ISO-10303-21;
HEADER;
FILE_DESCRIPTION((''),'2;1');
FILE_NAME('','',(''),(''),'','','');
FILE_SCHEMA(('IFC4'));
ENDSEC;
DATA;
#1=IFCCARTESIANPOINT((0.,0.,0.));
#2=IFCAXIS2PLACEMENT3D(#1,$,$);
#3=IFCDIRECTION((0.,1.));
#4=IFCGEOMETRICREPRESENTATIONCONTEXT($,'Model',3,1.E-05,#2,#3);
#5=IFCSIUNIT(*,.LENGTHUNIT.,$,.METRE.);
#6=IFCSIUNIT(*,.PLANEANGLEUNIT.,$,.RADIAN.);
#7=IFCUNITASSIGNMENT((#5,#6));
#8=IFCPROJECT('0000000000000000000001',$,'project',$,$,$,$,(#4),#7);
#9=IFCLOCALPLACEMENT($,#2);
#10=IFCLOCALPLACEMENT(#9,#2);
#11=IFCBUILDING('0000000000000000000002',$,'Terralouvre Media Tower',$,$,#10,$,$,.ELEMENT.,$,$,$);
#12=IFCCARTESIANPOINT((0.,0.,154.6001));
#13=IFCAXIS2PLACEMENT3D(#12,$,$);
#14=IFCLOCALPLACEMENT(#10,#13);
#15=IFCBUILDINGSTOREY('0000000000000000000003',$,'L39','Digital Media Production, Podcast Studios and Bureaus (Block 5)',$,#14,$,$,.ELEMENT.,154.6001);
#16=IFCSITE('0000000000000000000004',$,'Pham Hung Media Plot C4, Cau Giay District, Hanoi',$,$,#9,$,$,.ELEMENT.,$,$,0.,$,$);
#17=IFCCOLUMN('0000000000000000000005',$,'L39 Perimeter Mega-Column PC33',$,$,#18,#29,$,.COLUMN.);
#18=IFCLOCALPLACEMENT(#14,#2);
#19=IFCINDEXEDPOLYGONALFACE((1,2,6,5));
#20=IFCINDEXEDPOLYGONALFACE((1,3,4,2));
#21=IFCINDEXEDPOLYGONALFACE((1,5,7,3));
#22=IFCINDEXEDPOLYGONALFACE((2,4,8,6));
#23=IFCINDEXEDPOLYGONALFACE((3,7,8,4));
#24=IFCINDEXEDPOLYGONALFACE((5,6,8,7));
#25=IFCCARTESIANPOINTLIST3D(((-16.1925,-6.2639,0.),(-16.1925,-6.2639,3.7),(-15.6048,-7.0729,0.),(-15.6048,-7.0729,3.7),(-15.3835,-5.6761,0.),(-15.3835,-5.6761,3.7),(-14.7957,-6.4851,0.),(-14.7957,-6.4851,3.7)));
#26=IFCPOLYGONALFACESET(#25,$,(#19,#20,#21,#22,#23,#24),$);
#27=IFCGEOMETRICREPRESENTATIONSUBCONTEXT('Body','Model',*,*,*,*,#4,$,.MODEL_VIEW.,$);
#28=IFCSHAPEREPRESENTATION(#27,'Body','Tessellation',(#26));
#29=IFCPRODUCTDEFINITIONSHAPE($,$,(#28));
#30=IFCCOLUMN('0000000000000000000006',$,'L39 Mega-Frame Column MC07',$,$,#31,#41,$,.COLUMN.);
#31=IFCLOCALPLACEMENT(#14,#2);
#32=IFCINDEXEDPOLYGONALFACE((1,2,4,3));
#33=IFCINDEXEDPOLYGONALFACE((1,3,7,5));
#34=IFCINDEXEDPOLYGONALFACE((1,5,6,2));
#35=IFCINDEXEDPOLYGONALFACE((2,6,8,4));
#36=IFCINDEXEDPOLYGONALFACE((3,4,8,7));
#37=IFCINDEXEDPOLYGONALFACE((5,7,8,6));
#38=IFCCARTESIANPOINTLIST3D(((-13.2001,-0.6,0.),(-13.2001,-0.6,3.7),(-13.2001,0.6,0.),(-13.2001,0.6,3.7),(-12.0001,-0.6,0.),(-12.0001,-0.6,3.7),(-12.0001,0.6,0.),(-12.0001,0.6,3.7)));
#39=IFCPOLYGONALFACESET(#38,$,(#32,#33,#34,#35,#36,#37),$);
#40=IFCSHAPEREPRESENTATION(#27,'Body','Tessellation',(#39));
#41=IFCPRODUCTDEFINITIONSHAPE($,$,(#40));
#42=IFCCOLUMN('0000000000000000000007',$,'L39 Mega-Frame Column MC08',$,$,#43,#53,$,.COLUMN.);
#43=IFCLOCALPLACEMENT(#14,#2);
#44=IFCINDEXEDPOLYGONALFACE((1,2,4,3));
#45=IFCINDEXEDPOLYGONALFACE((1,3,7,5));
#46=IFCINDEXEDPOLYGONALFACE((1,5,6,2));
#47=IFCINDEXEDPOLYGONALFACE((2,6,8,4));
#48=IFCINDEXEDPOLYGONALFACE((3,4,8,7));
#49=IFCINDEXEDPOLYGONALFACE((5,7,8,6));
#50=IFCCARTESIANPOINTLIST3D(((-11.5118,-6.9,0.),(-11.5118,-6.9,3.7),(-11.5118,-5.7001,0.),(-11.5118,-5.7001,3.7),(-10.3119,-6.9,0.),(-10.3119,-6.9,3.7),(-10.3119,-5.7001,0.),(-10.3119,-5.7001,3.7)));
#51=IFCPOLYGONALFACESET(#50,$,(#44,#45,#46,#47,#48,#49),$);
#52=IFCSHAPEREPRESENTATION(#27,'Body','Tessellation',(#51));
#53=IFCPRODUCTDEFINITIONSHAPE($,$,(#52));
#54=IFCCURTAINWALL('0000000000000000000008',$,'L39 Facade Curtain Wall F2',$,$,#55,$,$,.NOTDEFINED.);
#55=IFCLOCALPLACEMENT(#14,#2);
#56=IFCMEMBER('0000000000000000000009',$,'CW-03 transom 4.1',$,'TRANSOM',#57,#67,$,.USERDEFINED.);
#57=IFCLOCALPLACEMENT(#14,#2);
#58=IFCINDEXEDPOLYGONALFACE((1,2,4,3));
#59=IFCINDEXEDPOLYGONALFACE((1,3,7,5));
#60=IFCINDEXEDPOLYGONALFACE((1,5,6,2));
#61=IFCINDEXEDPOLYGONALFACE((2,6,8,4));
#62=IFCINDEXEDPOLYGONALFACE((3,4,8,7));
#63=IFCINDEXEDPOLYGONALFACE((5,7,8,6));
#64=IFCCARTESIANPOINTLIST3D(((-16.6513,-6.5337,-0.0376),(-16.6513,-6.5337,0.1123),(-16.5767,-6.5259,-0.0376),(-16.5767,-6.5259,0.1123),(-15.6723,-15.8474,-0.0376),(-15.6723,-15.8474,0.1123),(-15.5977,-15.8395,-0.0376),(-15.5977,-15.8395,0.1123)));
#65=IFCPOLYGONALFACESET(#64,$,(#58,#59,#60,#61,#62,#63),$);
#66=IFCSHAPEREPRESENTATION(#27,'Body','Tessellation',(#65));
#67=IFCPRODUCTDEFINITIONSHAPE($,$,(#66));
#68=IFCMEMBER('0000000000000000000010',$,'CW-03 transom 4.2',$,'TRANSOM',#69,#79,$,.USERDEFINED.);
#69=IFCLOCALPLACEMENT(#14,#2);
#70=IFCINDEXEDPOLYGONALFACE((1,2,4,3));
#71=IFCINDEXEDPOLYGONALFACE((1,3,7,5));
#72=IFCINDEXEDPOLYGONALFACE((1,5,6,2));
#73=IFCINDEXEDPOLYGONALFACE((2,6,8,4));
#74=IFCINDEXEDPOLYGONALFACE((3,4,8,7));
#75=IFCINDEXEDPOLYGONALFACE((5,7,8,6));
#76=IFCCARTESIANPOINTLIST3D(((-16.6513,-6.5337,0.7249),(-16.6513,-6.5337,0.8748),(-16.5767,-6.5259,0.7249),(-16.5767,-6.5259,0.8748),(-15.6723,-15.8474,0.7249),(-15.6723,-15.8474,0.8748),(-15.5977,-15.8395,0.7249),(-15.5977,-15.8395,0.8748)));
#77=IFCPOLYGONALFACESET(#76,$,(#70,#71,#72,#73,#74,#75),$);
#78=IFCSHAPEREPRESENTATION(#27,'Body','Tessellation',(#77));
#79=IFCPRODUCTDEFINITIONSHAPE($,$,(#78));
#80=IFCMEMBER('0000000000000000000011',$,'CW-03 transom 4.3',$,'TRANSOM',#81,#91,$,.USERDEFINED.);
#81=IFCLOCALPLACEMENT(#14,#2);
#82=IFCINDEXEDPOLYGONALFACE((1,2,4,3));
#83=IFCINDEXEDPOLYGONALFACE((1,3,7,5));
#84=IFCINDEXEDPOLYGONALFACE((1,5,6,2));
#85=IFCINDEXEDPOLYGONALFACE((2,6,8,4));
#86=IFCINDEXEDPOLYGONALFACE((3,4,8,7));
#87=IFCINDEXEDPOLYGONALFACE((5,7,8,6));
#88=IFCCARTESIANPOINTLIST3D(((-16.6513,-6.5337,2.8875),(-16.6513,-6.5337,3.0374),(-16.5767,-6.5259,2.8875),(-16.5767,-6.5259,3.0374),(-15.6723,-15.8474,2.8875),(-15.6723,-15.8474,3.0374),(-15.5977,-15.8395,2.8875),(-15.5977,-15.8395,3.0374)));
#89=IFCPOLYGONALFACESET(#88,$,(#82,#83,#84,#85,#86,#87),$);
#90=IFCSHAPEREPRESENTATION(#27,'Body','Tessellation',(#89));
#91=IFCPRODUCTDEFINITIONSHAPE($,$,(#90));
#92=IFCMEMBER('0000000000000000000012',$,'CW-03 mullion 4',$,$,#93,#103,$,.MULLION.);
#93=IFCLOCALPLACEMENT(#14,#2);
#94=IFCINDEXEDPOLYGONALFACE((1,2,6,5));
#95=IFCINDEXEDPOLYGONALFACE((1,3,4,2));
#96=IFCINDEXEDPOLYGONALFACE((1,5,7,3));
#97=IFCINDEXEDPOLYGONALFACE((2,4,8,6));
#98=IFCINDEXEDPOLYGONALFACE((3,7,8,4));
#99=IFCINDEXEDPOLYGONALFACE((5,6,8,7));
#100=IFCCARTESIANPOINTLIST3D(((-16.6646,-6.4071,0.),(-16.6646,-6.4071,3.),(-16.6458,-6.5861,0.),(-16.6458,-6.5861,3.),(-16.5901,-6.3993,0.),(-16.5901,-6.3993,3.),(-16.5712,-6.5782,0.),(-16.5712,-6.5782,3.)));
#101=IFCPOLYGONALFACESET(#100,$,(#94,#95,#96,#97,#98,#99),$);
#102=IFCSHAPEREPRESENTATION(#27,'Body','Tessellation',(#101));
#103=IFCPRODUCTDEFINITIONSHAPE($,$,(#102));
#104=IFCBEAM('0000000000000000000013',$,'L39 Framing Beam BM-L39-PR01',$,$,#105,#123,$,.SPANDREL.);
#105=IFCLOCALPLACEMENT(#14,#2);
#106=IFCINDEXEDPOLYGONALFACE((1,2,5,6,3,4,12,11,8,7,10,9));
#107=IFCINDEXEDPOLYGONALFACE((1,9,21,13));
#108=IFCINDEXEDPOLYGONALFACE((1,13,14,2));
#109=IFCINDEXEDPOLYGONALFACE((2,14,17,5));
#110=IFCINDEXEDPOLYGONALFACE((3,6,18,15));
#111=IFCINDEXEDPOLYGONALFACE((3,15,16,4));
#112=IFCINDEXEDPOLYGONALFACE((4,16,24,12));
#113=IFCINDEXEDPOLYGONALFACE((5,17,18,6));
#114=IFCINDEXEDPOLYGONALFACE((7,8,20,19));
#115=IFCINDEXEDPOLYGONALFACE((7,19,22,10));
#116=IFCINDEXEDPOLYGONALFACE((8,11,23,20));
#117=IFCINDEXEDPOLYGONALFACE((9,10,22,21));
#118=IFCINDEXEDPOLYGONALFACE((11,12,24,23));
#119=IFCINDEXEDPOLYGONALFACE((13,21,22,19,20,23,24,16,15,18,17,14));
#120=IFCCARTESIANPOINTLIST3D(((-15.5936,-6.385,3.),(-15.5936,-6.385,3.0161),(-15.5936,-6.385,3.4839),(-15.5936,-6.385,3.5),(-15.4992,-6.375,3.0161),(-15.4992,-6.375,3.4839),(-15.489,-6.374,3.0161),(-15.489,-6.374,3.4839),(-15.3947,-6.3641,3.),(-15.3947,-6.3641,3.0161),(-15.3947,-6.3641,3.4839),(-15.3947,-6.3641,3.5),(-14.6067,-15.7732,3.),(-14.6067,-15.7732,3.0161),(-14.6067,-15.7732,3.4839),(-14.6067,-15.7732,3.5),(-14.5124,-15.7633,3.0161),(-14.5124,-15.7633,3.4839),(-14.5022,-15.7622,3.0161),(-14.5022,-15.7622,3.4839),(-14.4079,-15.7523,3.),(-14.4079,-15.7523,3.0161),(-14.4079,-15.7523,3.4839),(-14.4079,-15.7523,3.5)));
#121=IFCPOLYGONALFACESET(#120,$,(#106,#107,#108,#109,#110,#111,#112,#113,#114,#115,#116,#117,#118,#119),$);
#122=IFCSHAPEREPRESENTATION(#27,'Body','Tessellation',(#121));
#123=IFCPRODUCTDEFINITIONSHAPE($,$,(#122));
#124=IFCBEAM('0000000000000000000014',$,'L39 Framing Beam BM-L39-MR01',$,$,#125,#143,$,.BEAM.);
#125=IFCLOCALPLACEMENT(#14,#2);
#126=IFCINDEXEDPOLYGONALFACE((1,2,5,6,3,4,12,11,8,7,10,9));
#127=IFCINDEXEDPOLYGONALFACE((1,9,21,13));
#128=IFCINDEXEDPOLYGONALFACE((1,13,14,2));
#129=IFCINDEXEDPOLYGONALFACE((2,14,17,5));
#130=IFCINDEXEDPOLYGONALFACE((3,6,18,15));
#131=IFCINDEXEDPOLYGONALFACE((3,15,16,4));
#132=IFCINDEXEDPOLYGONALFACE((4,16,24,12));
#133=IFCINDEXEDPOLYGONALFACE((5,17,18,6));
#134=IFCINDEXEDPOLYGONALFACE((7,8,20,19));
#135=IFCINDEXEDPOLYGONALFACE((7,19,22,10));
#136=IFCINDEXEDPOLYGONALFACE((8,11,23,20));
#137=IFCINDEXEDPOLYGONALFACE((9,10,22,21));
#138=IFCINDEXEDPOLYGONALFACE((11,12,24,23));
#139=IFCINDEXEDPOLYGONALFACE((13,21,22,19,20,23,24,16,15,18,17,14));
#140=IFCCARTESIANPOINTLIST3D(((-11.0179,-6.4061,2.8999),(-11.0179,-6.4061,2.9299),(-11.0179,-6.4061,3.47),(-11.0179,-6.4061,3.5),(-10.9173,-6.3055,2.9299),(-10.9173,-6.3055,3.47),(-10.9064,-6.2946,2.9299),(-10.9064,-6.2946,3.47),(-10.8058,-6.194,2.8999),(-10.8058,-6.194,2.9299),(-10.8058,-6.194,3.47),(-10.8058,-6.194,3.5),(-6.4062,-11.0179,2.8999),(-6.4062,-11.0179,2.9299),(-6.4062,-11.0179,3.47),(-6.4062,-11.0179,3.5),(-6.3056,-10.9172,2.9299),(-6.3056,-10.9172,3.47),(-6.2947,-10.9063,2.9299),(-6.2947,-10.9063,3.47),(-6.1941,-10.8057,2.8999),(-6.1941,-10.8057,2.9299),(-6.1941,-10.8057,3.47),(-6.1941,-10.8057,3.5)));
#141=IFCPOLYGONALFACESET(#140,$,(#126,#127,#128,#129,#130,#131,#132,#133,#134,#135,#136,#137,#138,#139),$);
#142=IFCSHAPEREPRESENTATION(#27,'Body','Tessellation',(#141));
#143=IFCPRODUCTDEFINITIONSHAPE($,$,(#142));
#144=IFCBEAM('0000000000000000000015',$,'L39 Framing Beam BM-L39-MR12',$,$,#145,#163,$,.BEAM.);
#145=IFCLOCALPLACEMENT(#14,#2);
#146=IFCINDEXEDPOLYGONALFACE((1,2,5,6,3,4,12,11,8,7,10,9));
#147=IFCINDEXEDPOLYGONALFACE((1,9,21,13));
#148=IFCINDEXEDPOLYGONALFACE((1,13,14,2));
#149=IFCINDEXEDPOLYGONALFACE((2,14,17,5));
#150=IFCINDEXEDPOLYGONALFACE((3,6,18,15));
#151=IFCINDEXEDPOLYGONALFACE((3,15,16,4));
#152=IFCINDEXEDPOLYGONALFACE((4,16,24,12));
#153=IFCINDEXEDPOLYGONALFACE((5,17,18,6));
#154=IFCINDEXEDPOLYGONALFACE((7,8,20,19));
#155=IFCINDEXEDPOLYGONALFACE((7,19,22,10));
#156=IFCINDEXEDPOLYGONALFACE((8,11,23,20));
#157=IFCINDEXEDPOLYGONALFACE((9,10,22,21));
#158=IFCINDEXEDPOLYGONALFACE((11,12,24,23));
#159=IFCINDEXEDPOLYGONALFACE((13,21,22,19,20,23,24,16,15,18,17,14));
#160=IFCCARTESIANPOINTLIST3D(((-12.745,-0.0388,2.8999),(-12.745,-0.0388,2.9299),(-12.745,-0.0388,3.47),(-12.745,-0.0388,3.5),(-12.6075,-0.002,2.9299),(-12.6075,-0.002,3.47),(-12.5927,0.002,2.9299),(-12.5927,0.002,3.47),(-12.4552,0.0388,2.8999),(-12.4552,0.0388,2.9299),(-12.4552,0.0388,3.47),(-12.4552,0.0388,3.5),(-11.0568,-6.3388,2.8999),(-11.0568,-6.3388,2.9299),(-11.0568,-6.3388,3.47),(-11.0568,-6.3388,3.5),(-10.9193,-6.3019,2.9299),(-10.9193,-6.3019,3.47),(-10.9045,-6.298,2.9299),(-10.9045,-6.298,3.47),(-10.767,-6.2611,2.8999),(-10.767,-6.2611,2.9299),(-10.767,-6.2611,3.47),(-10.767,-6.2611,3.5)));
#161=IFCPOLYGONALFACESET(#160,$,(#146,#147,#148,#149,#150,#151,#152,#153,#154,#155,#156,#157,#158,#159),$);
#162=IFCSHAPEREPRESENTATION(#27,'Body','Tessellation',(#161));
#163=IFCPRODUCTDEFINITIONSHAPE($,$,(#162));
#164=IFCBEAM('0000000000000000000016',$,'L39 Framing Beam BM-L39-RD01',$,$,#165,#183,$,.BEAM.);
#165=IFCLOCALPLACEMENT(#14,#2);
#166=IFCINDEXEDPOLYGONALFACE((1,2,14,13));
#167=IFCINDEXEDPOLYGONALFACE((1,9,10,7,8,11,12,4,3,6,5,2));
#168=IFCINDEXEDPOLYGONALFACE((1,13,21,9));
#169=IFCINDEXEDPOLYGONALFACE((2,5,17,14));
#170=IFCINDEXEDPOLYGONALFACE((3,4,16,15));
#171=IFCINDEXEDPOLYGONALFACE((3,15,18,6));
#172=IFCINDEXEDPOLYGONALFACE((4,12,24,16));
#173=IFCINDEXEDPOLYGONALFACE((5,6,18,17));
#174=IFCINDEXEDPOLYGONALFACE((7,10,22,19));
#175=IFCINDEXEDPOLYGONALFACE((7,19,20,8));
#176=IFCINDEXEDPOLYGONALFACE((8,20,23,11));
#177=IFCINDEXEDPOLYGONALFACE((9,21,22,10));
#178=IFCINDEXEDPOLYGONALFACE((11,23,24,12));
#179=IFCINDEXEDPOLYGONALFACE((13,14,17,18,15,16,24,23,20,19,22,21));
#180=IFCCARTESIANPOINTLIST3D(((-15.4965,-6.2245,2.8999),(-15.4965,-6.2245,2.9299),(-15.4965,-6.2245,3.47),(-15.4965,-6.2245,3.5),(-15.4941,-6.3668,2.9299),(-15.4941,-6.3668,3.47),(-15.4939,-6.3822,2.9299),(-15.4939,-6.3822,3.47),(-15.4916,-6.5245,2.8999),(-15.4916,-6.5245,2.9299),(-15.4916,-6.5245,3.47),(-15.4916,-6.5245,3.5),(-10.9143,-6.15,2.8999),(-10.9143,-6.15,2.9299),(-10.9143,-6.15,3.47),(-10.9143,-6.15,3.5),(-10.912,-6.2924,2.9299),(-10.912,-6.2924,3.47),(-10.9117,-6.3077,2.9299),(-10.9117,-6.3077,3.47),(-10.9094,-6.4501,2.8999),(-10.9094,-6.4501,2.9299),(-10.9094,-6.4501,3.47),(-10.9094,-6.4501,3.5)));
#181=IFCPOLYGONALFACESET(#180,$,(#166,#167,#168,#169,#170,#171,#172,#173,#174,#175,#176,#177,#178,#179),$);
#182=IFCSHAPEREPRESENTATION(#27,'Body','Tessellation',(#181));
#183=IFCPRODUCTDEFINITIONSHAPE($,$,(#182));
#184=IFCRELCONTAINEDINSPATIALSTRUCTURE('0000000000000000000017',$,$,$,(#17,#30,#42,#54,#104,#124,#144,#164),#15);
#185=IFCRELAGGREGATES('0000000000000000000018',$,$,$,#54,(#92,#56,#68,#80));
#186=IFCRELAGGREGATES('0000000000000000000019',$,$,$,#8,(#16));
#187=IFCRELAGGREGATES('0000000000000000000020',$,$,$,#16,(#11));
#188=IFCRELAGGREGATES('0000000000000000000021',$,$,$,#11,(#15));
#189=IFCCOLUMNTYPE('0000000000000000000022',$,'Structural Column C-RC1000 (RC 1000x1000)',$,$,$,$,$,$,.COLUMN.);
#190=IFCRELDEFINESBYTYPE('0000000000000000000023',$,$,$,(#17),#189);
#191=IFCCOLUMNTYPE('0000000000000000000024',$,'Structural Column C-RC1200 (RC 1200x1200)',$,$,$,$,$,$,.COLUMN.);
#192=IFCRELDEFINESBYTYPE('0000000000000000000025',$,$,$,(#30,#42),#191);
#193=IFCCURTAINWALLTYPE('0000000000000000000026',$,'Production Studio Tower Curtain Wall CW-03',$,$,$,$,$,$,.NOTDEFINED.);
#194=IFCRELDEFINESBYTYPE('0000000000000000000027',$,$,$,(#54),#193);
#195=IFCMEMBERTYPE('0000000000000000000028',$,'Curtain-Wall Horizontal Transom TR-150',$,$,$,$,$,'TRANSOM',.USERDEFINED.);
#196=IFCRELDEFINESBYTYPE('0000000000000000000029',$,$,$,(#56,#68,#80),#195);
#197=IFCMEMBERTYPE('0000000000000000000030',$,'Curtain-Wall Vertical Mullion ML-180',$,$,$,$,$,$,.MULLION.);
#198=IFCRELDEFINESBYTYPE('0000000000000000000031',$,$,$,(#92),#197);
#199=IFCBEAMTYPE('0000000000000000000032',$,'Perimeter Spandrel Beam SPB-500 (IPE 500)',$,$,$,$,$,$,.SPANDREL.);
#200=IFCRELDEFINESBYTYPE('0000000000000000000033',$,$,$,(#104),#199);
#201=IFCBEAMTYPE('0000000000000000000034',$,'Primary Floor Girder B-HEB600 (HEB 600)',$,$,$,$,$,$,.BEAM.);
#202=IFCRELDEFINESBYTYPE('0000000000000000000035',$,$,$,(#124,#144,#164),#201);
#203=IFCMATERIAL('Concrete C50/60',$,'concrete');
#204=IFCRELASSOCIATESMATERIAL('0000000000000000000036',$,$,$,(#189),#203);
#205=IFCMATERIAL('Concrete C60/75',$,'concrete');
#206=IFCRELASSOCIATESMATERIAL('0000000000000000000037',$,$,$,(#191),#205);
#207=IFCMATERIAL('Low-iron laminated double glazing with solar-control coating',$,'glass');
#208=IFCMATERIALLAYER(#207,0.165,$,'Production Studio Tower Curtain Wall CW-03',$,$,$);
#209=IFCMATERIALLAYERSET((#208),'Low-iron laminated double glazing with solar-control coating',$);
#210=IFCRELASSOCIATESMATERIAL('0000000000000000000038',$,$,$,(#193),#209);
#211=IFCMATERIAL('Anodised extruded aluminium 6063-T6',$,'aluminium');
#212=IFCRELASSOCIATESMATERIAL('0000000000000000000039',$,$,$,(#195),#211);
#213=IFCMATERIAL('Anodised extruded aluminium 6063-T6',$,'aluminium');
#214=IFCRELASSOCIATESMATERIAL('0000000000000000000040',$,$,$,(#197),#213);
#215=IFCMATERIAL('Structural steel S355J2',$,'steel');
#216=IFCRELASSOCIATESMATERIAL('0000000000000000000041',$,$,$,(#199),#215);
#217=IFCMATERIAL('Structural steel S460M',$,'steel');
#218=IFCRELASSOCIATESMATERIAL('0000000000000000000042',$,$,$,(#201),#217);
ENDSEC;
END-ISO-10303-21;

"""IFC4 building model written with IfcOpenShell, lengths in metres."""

from ifc_helpers import new_model, si_unit, direction, frame, origin, origin_2d, place, context, subcontext, project, spatial, rectangle, i_section, extrude, material, layer, layer_set, material_profile, profile_set, type_object, element, aggregate, save


model = new_model("IFC4")

# Units and contexts
model_context = context("Model", 3, precision=1e-05, world=origin(), true_north=direction((0.0, 1.0)))
body_context = subcontext(model_context, "Body", "Model", "MODEL_VIEW")
ifc_project = project(units=[si_unit("LENGTHUNIT", "METRE"), si_unit("PLANEANGLEUNIT", "RADIAN")], contexts=[model_context])

# Site, building, storey
site_placement = place(None, origin())
site = spatial("IfcSite", under=ifc_project, at=site_placement, Name="Pham Hung Media Plot C4, Cau Giay District, Hanoi", CompositionType="ELEMENT", RefElevation=0.0)
building_placement = place(site_placement, origin())
building = spatial("IfcBuilding", under=site, at=building_placement, Name="Terralouvre Media Tower", CompositionType="ELEMENT")
storey_placement = place(building_placement, frame((0.0, 0.0, 154.6001)))
storey = spatial("IfcBuildingStorey", under=building, at=storey_placement, Name="L39", Description="Digital Media Production, Podcast Studios and Bureaus (Block 5)", CompositionType="ELEMENT", Elevation=154.6001)

# Columns
ifc_material_1 = material(Name="Concrete C50/60", Category="concrete")
ifc_material_profile_1 = material_profile(ifc_material_1, rectangle(XDim=1.0, YDim=1.0, at=origin_2d()), Name="RC 1000x1000")
ifc_profile_set_1 = profile_set([ifc_material_profile_1], Name="Concrete C50/60")
column_type_1 = type_object("IfcColumnType", Name="Structural Column C-RC1000 (RC 1000x1000)", PredefinedType="COLUMN", material=ifc_profile_set_1)
column_placement = place(storey_placement, frame((-15.4941, -6.3745, 0.0), z_axis=(0.0, 0.0, 1.0), x_axis=(0.809017, 0.587785, 0.0)))
element("IfcColumn", 1, at=column_placement, inside=storey, type_object=column_type_1, Name="L39 Perimeter Mega-Column PC33", PredefinedType="COLUMN", context=body_context, shape_type="SweptSolid", body=[
    extrude(rectangle(XDim=1.0, YDim=1.0, at=origin_2d()), origin(), (0.0, 0.0, 1.0), 3.7),
])
ifc_material_2 = material(Name="Concrete C60/75", Category="concrete")
ifc_material_profile_2 = material_profile(ifc_material_2, rectangle(XDim=1.2, YDim=1.2, at=origin_2d()), Name="RC 1200x1200")
ifc_profile_set_2 = profile_set([ifc_material_profile_2], Name="Concrete C60/75")
column_type_2 = type_object("IfcColumnType", Name="Structural Column C-RC1200 (RC 1200x1200)", PredefinedType="COLUMN", material=ifc_profile_set_2)
for number, where, z_axis, x_axis, name in (
    (2, (-12.6001, 0.0, 0.0), (0.0, 0.0, 1.0), (1.0, 0.0, 0.0), "L39 Mega-Frame Column MC07"),
    (3, (-10.9119, -6.3, 0.0), (0.0, 0.0, 1.0), (1.0, 0.0, 0.0), "L39 Mega-Frame Column MC08"),
):
    element("IfcColumn", number, at=place(storey_placement, frame(where, z_axis=z_axis, x_axis=x_axis)), inside=storey, type_object=column_type_2, Name=name, PredefinedType="COLUMN", context=body_context, shape_type="SweptSolid", body=[
        extrude(rectangle(XDim=1.2, YDim=1.2, at=origin_2d()), origin(), (0.0, 0.0, 1.0), 3.7),
    ])

# Curtain wall, members
ifc_material_3 = material(Name="Low-iron laminated double glazing with solar-control coating", Category="glass")
ifc_layer_1 = layer(ifc_material_3, 0.165, Name="Production Studio Tower Curtain Wall CW-03")
ifc_layer_set_1 = layer_set([ifc_layer_1], Name="Low-iron laminated double glazing with solar-control coating")
curtain_wall_type = type_object("IfcCurtainWallType", Name="Production Studio Tower Curtain Wall CW-03", PredefinedType="NOTDEFINED", material=ifc_layer_set_1)
curtain_wall_placement = place(storey_placement, origin())
curtain_wall = element("IfcCurtainWall", 4, at=curtain_wall_placement, inside=storey, type_object=curtain_wall_type, Name="L39 Facade Curtain Wall F2", PredefinedType="NOTDEFINED")
ifc_material_4 = material(Name="Anodised extruded aluminium 6063-T6", Category="aluminium")
ifc_material_profile_3 = material_profile(ifc_material_4, rectangle(XDim=0.075, YDim=0.1499, at=origin_2d()), Name="ALU 75x150")
ifc_profile_set_3 = profile_set([ifc_material_profile_3], Name="Anodised extruded aluminium 6063-T6")
member_type_1 = type_object("IfcMemberType", Name="Curtain-Wall Horizontal Transom TR-150", ElementType="TRANSOM", PredefinedType="USERDEFINED", material=ifc_profile_set_3)
member_1_placement = place(storey_placement, frame((-16.614, -6.5298, 0.0374), z_axis=(0.104538, -0.994521, 0.0), x_axis=(0.994521, 0.104538, 0.0)))
member_1 = element("IfcMember", 5, at=member_1_placement, type_object=member_type_1, Name="CW-03 transom 4.1", ObjectType="TRANSOM", PredefinedType="USERDEFINED", context=body_context, shape_type="SweptSolid", body=[
    extrude(rectangle(XDim=0.075, YDim=0.1499, at=origin_2d()), origin(), (0.0, 0.0, 1.0), 9.365),
])
member_2_placement = place(storey_placement, frame((-16.614, -6.5298, 0.7998), z_axis=(0.104538, -0.994521, 0.0), x_axis=(0.994521, 0.104538, 0.0)))
member_2 = element("IfcMember", 6, at=member_2_placement, type_object=member_type_1, Name="CW-03 transom 4.2", ObjectType="TRANSOM", PredefinedType="USERDEFINED", context=body_context, shape_type="SweptSolid", body=[
    extrude(rectangle(XDim=0.075, YDim=0.1499, at=origin_2d()), origin(), (0.0, 0.0, 1.0), 9.365),
])
member_3_placement = place(storey_placement, frame((-16.614, -6.5298, 2.9624), z_axis=(0.104538, -0.994521, 0.0), x_axis=(0.994521, 0.104538, 0.0)))
member_3 = element("IfcMember", 7, at=member_3_placement, type_object=member_type_1, Name="CW-03 transom 4.3", ObjectType="TRANSOM", PredefinedType="USERDEFINED", context=body_context, shape_type="SweptSolid", body=[
    extrude(rectangle(XDim=0.075, YDim=0.1499, at=origin_2d()), origin(), (0.0, 0.0, 1.0), 9.365),
])
ifc_material_5 = material(Name="Anodised extruded aluminium 6063-T6", Category="aluminium")
ifc_material_profile_4 = material_profile(ifc_material_5, rectangle(XDim=0.075, YDim=0.1799, at=origin_2d()), Name="ALU 75x180")
ifc_profile_set_4 = profile_set([ifc_material_profile_4], Name="Anodised extruded aluminium 6063-T6")
member_type_2 = type_object("IfcMemberType", Name="Curtain-Wall Vertical Mullion ML-180", PredefinedType="MULLION", material=ifc_profile_set_4)
member_4_placement = place(storey_placement, frame((-16.6179, -6.4927, 0.0), z_axis=(0.0, 0.0, 1.0), x_axis=(0.994522, 0.104528, 0.0)))
member_4 = element("IfcMember", 8, at=member_4_placement, type_object=member_type_2, Name="CW-03 mullion 4", PredefinedType="MULLION", context=body_context, shape_type="SweptSolid", body=[
    extrude(rectangle(XDim=0.075, YDim=0.1799, at=origin_2d()), origin(), (0.0, 0.0, 1.0), 3.0),
])

# Beams
ifc_material_6 = material(Name="Structural steel S355J2", Category="steel")
ifc_material_profile_5 = material_profile(ifc_material_6, i_section(OverallWidth=0.2, OverallDepth=0.5, WebThickness=0.0103, FlangeThickness=0.0161, at=origin_2d()), Name="IPE 500")
ifc_profile_set_5 = profile_set([ifc_material_profile_5], Name="Structural steel S355J2")
beam_type_1 = type_object("IfcBeamType", Name="Perimeter Spandrel Beam SPB-500 (IPE 500)", PredefinedType="SPANDREL", material=ifc_profile_set_5)
beam_1_placement = place(storey_placement, frame((-15.4941, -6.3745, 3.25), z_axis=(0.104537, -0.994521, 0.0), x_axis=(0.994521, 0.104537, 0.0)))
element("IfcBeam", 9, at=beam_1_placement, inside=storey, type_object=beam_type_1, Name="L39 Framing Beam BM-L39-PR01", PredefinedType="SPANDREL", context=body_context, shape_type="SweptSolid", body=[
    extrude(i_section(OverallWidth=0.2, OverallDepth=0.5, WebThickness=0.0103, FlangeThickness=0.0161, at=origin_2d()), origin(), (0.0, 0.0, 1.0), 9.4399),
])
ifc_material_7 = material(Name="Structural steel S460M", Category="steel")
ifc_material_profile_6 = material_profile(ifc_material_7, i_section(OverallWidth=0.3, OverallDepth=0.6001, WebThickness=0.0154, FlangeThickness=0.03, at=origin_2d()), Name="HEB 600")
ifc_profile_set_6 = profile_set([ifc_material_profile_6], Name="Structural steel S460M")
beam_type_2 = type_object("IfcBeamType", Name="Primary Floor Girder B-HEB600 (HEB 600)", PredefinedType="BEAM", material=ifc_profile_set_6)
beam_2_placement = place(storey_placement, frame((-10.9119, -6.3, 3.2), z_axis=(0.707107, -0.707107, 0.0), x_axis=(0.707107, 0.707107, 0.0)))
element("IfcBeam", 10, at=beam_2_placement, inside=storey, type_object=beam_type_2, Name="L39 Framing Beam BM-L39-MR01", PredefinedType="BEAM", context=body_context, shape_type="SweptSolid", body=[
    extrude(i_section(OverallWidth=0.3, OverallDepth=0.6001, WebThickness=0.0154, FlangeThickness=0.03, at=origin_2d()), origin(), (0.0, 0.0, 1.0), 6.522),
])
beam_3_placement = place(storey_placement, frame((-12.6001, 0.0, 3.2), z_axis=(0.258839, -0.96592, 0.0), x_axis=(0.96592, 0.258839, 0.0)))
element("IfcBeam", 11, at=beam_3_placement, inside=storey, type_object=beam_type_2, Name="L39 Framing Beam BM-L39-MR12", PredefinedType="BEAM", context=body_context, shape_type="SweptSolid", body=[
    extrude(i_section(OverallWidth=0.3, OverallDepth=0.6001, WebThickness=0.0154, FlangeThickness=0.03, at=origin_2d()), origin(), (0.0, 0.0, 1.0), 6.5222),
])
beam_4_placement = place(storey_placement, frame((-10.9119, -6.3, 3.2), z_axis=(-0.999868, -0.016248, 0.0), x_axis=(0.016248, -0.999868, 0.0)))
element("IfcBeam", 12, at=beam_4_placement, inside=storey, type_object=beam_type_2, Name="L39 Framing Beam BM-L39-RD01", PredefinedType="BEAM", context=body_context, shape_type="SweptSolid", body=[
    extrude(i_section(OverallWidth=0.3, OverallDepth=0.6001, WebThickness=0.0154, FlangeThickness=0.03, at=origin_2d()), origin(), (0.0, 0.0, 1.0), 4.5828),
])

aggregate(curtain_wall, [member_4, member_1, member_2, member_3])

save(model, "model.ifc")
